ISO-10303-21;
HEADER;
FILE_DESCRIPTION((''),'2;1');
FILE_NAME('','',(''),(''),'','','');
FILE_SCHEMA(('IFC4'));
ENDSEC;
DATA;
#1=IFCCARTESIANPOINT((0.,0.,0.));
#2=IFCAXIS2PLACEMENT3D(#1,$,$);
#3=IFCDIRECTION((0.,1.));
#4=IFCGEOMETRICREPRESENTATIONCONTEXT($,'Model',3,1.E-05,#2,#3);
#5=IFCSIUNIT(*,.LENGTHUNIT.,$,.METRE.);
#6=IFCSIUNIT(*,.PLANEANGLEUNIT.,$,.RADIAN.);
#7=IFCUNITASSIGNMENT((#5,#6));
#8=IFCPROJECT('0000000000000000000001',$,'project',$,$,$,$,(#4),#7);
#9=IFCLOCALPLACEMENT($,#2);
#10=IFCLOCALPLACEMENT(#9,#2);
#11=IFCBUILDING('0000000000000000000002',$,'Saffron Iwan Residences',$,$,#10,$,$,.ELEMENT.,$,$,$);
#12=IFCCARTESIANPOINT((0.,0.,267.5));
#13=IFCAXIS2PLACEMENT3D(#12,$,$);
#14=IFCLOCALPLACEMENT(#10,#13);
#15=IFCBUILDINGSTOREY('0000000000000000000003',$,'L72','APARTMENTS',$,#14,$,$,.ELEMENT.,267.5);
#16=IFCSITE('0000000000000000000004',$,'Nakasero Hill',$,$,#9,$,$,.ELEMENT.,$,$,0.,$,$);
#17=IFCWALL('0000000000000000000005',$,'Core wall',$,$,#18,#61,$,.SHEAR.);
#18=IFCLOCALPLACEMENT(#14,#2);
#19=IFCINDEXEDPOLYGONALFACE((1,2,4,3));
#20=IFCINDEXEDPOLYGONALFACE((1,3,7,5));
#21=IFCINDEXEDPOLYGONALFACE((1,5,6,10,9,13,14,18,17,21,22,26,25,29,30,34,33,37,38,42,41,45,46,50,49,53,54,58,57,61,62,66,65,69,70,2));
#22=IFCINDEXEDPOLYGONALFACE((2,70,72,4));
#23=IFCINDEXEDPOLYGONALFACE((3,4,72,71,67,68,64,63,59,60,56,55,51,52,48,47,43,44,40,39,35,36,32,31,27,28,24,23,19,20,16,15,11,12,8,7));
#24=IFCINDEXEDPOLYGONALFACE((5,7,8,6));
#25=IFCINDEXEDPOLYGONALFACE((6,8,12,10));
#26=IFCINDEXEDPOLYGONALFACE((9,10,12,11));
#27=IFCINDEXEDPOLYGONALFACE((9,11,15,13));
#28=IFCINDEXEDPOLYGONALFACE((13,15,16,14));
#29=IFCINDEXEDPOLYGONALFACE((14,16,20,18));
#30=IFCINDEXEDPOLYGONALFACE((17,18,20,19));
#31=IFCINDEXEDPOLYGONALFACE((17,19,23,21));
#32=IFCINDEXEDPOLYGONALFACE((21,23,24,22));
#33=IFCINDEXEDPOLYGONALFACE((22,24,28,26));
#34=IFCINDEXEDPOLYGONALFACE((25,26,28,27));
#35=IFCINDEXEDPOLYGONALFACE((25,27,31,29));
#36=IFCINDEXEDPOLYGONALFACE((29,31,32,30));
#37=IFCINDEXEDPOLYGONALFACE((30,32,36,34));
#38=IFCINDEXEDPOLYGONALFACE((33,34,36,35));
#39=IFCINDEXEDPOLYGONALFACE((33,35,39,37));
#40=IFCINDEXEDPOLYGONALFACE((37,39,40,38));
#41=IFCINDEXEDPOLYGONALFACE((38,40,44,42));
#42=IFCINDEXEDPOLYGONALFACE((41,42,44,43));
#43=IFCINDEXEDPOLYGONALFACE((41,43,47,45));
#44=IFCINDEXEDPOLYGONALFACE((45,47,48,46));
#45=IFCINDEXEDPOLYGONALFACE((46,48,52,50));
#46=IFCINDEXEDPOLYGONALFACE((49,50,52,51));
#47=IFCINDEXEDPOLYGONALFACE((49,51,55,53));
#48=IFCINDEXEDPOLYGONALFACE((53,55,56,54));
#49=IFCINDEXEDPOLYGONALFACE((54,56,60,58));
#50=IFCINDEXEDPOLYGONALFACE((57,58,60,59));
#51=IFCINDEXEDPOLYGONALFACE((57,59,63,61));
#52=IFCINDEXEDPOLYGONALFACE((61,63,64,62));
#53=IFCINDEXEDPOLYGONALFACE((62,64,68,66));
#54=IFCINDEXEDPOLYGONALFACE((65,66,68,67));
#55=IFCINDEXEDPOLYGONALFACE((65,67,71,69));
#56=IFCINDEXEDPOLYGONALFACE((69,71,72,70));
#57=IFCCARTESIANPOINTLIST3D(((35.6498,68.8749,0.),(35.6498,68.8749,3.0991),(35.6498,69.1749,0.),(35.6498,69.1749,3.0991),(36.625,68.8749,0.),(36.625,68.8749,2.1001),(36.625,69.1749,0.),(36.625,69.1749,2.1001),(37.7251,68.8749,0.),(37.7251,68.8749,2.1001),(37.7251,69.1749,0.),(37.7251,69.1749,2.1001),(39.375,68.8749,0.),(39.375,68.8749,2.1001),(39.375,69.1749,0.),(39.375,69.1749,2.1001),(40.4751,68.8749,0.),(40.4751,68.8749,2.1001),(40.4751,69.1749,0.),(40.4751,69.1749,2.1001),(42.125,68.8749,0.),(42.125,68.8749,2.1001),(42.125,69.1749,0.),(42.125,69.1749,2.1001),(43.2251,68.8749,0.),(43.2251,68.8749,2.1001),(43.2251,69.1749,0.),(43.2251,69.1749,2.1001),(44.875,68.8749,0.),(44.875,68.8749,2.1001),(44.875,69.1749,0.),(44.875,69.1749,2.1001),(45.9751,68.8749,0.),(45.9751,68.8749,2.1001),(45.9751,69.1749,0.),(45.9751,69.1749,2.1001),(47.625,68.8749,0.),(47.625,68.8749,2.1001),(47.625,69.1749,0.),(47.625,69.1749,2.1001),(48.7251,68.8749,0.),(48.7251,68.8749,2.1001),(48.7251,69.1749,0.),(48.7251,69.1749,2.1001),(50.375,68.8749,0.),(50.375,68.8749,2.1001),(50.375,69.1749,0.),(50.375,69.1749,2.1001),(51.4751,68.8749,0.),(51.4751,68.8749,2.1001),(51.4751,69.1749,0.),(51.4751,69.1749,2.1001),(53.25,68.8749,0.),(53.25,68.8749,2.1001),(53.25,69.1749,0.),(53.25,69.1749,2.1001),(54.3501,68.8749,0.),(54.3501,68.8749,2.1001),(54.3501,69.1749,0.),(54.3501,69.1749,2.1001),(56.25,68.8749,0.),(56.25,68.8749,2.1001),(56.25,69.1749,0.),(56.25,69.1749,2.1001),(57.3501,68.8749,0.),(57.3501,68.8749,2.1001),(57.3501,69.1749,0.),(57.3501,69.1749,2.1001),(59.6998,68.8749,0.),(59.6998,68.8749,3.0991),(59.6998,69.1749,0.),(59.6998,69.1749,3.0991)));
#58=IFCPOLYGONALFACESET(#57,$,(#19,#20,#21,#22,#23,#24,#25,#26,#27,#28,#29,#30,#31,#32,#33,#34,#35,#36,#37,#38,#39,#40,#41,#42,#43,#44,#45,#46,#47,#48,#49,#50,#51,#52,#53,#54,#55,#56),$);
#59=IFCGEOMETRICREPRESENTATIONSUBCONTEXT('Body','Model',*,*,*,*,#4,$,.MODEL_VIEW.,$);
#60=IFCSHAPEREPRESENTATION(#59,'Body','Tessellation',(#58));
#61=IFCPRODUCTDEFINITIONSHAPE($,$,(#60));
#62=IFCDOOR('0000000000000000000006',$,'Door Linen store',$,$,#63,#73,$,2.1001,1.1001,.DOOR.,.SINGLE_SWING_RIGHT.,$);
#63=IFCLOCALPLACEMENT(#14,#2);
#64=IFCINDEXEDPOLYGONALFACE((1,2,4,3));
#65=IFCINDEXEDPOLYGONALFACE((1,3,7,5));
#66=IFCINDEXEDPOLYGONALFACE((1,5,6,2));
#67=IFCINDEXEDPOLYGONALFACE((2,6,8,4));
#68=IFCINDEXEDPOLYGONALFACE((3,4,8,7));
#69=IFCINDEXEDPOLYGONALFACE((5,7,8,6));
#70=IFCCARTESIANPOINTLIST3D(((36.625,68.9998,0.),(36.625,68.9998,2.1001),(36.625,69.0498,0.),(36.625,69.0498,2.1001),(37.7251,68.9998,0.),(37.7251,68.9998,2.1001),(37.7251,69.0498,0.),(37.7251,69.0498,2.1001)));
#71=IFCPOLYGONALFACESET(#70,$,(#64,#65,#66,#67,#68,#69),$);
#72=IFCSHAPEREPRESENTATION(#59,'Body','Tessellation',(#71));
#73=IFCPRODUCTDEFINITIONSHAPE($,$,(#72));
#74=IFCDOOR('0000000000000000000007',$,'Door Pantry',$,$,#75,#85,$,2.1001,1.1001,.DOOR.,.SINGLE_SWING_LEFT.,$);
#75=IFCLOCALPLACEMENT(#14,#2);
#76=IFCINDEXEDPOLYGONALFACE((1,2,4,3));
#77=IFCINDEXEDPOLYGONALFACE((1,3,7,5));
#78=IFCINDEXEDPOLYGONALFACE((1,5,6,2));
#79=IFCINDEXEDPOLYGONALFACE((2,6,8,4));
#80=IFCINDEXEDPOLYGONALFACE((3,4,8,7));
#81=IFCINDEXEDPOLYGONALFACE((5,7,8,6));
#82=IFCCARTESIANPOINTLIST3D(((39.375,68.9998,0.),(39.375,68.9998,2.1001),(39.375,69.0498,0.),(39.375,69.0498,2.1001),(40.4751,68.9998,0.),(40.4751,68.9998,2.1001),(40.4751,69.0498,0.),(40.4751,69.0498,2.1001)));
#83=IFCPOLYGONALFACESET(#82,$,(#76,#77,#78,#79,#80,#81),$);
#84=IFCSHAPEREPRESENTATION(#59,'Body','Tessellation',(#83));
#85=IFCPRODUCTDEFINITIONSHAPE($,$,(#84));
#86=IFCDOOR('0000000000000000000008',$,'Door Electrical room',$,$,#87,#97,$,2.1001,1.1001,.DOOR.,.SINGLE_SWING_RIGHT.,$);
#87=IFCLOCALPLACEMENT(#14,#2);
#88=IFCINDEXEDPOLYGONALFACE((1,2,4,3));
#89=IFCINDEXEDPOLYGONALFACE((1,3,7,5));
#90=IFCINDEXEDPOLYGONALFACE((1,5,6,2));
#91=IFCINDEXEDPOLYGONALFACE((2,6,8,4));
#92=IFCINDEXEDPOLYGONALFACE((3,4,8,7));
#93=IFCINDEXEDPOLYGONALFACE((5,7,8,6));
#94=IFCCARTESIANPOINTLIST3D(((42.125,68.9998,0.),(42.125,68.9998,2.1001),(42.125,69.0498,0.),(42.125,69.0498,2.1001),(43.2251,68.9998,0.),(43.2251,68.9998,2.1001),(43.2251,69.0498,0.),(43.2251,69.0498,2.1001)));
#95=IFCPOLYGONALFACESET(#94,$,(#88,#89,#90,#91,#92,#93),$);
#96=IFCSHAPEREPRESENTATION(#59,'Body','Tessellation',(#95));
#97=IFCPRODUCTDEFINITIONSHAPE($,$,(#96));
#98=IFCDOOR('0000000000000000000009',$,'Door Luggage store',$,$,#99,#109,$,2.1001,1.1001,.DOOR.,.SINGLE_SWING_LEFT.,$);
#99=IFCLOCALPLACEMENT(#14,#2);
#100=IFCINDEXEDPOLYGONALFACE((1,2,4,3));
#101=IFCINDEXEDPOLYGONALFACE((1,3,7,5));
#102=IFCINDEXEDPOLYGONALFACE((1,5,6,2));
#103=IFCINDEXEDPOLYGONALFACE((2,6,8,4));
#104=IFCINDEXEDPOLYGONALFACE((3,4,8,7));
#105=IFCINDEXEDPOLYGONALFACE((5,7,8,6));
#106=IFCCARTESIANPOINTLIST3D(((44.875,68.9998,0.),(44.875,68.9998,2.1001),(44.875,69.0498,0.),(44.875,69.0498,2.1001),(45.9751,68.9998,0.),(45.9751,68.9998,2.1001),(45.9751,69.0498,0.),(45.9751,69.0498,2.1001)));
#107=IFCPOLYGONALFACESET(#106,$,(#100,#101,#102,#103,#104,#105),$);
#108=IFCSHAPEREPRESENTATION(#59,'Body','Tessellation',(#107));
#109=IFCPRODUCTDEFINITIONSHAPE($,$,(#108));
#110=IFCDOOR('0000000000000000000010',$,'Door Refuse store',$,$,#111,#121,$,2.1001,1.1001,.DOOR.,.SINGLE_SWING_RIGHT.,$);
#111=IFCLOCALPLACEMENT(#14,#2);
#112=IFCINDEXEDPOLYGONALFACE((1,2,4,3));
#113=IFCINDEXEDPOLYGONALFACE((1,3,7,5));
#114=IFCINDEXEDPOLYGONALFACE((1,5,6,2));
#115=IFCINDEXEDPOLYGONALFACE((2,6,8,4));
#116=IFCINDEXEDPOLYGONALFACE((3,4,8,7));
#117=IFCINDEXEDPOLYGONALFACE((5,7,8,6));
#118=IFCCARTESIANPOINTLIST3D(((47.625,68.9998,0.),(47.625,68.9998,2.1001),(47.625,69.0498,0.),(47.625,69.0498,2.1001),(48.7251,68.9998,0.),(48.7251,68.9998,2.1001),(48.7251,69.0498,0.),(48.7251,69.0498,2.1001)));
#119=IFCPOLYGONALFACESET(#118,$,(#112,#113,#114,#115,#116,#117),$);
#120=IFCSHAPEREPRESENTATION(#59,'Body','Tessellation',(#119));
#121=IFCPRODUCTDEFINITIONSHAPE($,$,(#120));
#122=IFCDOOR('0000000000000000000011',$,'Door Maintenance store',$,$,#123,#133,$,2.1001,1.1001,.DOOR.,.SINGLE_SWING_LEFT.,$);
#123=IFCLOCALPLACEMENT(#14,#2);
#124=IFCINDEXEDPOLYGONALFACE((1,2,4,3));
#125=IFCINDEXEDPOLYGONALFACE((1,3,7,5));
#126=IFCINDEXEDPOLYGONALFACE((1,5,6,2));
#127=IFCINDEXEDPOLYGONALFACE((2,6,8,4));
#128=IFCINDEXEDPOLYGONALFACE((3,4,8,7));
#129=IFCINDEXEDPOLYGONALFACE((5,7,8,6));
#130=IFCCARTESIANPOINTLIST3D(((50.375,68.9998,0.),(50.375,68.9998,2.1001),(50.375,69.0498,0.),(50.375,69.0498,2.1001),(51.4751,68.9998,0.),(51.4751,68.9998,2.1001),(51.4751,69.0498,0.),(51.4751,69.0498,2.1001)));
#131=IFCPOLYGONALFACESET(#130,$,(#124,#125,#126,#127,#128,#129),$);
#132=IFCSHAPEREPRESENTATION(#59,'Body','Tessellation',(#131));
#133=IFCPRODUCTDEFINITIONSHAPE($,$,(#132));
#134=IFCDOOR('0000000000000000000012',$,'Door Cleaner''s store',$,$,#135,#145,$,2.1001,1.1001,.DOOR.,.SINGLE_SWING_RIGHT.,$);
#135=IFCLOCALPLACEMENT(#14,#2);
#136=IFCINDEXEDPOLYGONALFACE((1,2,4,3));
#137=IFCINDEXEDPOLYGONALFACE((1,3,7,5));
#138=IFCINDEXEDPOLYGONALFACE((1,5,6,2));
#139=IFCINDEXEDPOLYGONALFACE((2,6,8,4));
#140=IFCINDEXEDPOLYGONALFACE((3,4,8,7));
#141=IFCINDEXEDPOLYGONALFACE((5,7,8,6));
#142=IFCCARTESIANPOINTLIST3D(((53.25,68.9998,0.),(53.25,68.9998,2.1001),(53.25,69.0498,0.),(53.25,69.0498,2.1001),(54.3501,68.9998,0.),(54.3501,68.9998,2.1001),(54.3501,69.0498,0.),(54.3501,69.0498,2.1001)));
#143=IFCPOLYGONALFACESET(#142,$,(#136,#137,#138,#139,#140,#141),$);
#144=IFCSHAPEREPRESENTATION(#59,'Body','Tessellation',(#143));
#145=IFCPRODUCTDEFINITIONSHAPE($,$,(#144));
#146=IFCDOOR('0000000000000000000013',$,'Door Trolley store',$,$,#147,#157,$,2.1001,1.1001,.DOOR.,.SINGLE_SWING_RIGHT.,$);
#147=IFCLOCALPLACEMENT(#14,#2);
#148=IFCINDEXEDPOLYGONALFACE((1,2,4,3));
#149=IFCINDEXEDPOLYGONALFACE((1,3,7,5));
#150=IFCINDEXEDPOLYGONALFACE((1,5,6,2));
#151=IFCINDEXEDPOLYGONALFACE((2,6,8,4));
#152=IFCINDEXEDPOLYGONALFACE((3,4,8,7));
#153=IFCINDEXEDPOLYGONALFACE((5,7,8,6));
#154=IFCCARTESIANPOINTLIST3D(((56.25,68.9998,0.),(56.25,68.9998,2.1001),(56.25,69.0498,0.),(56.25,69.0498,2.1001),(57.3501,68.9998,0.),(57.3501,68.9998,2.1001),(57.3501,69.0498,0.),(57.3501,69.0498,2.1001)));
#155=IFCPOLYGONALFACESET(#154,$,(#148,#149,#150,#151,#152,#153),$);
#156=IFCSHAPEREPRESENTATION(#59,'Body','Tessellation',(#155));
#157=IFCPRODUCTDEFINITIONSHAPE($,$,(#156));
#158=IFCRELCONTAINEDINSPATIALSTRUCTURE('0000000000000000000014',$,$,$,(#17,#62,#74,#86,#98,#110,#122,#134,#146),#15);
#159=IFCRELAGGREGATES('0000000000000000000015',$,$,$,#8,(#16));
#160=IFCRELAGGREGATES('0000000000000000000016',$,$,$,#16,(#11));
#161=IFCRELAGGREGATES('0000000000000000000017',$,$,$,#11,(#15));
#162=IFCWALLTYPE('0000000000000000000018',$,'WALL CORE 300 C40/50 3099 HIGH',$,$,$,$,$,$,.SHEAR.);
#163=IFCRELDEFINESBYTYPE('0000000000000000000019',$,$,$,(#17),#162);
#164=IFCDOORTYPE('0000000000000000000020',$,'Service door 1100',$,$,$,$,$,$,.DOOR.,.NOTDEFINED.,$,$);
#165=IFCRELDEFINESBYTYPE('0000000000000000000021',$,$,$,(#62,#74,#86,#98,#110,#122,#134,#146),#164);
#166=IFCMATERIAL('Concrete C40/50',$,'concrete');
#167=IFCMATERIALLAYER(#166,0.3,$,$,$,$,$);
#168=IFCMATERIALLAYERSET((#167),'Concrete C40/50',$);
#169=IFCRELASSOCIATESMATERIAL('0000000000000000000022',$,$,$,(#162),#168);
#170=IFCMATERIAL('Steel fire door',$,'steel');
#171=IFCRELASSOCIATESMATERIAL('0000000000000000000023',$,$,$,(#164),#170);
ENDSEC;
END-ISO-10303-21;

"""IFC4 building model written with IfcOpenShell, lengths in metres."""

from ifc_helpers import new_model, si_unit, direction, frame, frame_2d, origin, place, context, subcontext, project, spatial, rectangle, extrude, material, layer, layer_set, type_object, element, fill, save


model = new_model("IFC4")

# Units and contexts
model_context = context("Model", 3, precision=1e-05, world=origin(), true_north=direction((0.0, 1.0)))
body_context = subcontext(model_context, "Body", "Model", "MODEL_VIEW")
ifc_project = project(units=[si_unit("LENGTHUNIT", "METRE"), si_unit("PLANEANGLEUNIT", "RADIAN")], contexts=[model_context])

# Site, building, storey
site_placement = place(None, origin())
site = spatial("IfcSite", under=ifc_project, at=site_placement, Name="Nakasero Hill", CompositionType="ELEMENT", RefElevation=0.0)
building_placement = place(site_placement, origin())
building = spatial("IfcBuilding", under=site, at=building_placement, Name="Saffron Iwan Residences", CompositionType="ELEMENT")
storey_placement = place(building_placement, frame((0.0, 0.0, 267.5)))
storey = spatial("IfcBuildingStorey", under=building, at=storey_placement, Name="L72", Description="APARTMENTS", CompositionType="ELEMENT", Elevation=267.5)

# Shared definitions
ifc_material_1 = material(Name="Concrete C40/50", Category="concrete")

# Shared definitions
ifc_material_2 = material(Name="Steel fire door", Category="steel")

# Wall, openings, doors
ifc_layer_1 = layer(ifc_material_1, 0.3)
ifc_layer_set_1 = layer_set([ifc_layer_1], Name="Concrete C40/50")
wall_type_1 = type_object("IfcWallType", Name="WALL CORE 300 C40/50 3099 HIGH", PredefinedType="SHEAR", material=ifc_layer_set_1)
wall_1_placement = place(storey_placement, frame((35.6499, 69.0249, 0.0), z_axis=(0.0, 0.0, 1.0), x_axis=(1.0, 0.0, 0.0)))
wall_1 = element("IfcWall", 1, at=wall_1_placement, inside=storey, type_object=wall_type_1, Name="Core wall", PredefinedType="SHEAR", context=body_context, shape_type="SweptSolid", body=[
    extrude(rectangle(XDim=24.05, YDim=0.3, at=frame_2d((12.0249, 0.0))), origin(), (0.0, 0.0, 1.0), 3.0991),
])
opening_1_placement = place(wall_1_placement, frame((0.9751, 0.0, 0.0)))
opening_1 = element("IfcOpeningElement", 2, at=opening_1_placement, cuts=wall_1, PredefinedType="OPENING", context=body_context, shape_type="SweptSolid", body=[
    extrude(rectangle(XDim=1.1001, YDim=2.1001, at=frame_2d((0.55, 1.05))), frame((0.0, 0.1602, 0.0), z_axis=(0.0, -1.0, 0.0), x_axis=(1.0, 0.0, 0.0)), (0.0, 0.0, 1.0), 0.3201),
])
opening_2_placement = place(wall_1_placement, frame((3.7251, 0.0, 0.0)))
opening_2 = element("IfcOpeningElement", 3, at=opening_2_placement, cuts=wall_1, PredefinedType="OPENING", context=body_context, shape_type="SweptSolid", body=[
    extrude(rectangle(XDim=1.1001, YDim=2.1001, at=frame_2d((0.55, 1.05))), frame((0.0, 0.1602, 0.0), z_axis=(0.0, -1.0, 0.0), x_axis=(1.0, 0.0, 0.0)), (0.0, 0.0, 1.0), 0.3201),
])
opening_3_placement = place(wall_1_placement, frame((6.4751, 0.0, 0.0)))
opening_3 = element("IfcOpeningElement", 4, at=opening_3_placement, cuts=wall_1, PredefinedType="OPENING", context=body_context, shape_type="SweptSolid", body=[
    extrude(rectangle(XDim=1.1001, YDim=2.1001, at=frame_2d((0.55, 1.05))), frame((0.0, 0.1602, 0.0), z_axis=(0.0, -1.0, 0.0), x_axis=(1.0, 0.0, 0.0)), (0.0, 0.0, 1.0), 0.3201),
])
opening_4_placement = place(wall_1_placement, frame((9.2251, 0.0, 0.0)))
opening_4 = element("IfcOpeningElement", 5, at=opening_4_placement, cuts=wall_1, PredefinedType="OPENING", context=body_context, shape_type="SweptSolid", body=[
    extrude(rectangle(XDim=1.1001, YDim=2.1001, at=frame_2d((0.55, 1.05))), frame((0.0, 0.1602, 0.0), z_axis=(0.0, -1.0, 0.0), x_axis=(1.0, 0.0, 0.0)), (0.0, 0.0, 1.0), 0.3201),
])
opening_5_placement = place(wall_1_placement, frame((11.9751, 0.0, 0.0)))
opening_5 = element("IfcOpeningElement", 6, at=opening_5_placement, cuts=wall_1, PredefinedType="OPENING", context=body_context, shape_type="SweptSolid", body=[
    extrude(rectangle(XDim=1.1001, YDim=2.1001, at=frame_2d((0.55, 1.05))), frame((0.0, 0.1602, 0.0), z_axis=(0.0, -1.0, 0.0), x_axis=(1.0, 0.0, 0.0)), (0.0, 0.0, 1.0), 0.3201),
])
opening_6_placement = place(wall_1_placement, frame((14.7251, 0.0, 0.0)))
opening_6 = element("IfcOpeningElement", 7, at=opening_6_placement, cuts=wall_1, PredefinedType="OPENING", context=body_context, shape_type="SweptSolid", body=[
    extrude(rectangle(XDim=1.1001, YDim=2.1001, at=frame_2d((0.55, 1.05))), frame((0.0, 0.1602, 0.0), z_axis=(0.0, -1.0, 0.0), x_axis=(1.0, 0.0, 0.0)), (0.0, 0.0, 1.0), 0.3201),
])
opening_7_placement = place(wall_1_placement, frame((17.6001, 0.0, 0.0)))
opening_7 = element("IfcOpeningElement", 8, at=opening_7_placement, cuts=wall_1, PredefinedType="OPENING", context=body_context, shape_type="SweptSolid", body=[
    extrude(rectangle(XDim=1.1001, YDim=2.1001, at=frame_2d((0.55, 1.05))), frame((0.0, 0.1602, 0.0), z_axis=(0.0, -1.0, 0.0), x_axis=(1.0, 0.0, 0.0)), (0.0, 0.0, 1.0), 0.3201),
])
opening_8_placement = place(wall_1_placement, frame((20.6001, 0.0, 0.0)))
opening_8 = element("IfcOpeningElement", 9, at=opening_8_placement, cuts=wall_1, PredefinedType="OPENING", context=body_context, shape_type="SweptSolid", body=[
    extrude(rectangle(XDim=1.1001, YDim=2.1001, at=frame_2d((0.55, 1.05))), frame((0.0, 0.1602, 0.0), z_axis=(0.0, -1.0, 0.0), x_axis=(1.0, 0.0, 0.0)), (0.0, 0.0, 1.0), 0.3201),
])
door_type_1 = type_object("IfcDoorType", Name="Service door 1100", OperationType="NOTDEFINED", PredefinedType="DOOR", material=ifc_material_2)
door_1_placement = place(opening_1_placement, origin())
door_1 = element("IfcDoor", 10, at=door_1_placement, inside=storey, type_object=door_type_1, Name="Door Linen store", OperationType="SINGLE_SWING_RIGHT", OverallHeight=2.1001, OverallWidth=1.1001, PredefinedType="DOOR", context=body_context, shape_type="SweptSolid", body=[
    extrude(rectangle(XDim=1.1001, YDim=2.1001, at=frame_2d((0.55, 1.05))), frame((0.0, 0.0249, 0.0), z_axis=(0.0, -1.0, 0.0), x_axis=(1.0, 0.0, 0.0)), (0.0, 0.0, 1.0), 0.05),
])
fill(opening_1, door_1)
door_2_placement = place(opening_2_placement, origin())
door_2 = element("IfcDoor", 11, at=door_2_placement, inside=storey, type_object=door_type_1, Name="Door Pantry", OperationType="SINGLE_SWING_LEFT", OverallHeight=2.1001, OverallWidth=1.1001, PredefinedType="DOOR", context=body_context, shape_type="SweptSolid", body=[
    extrude(rectangle(XDim=1.1001, YDim=2.1001, at=frame_2d((0.55, 1.05))), frame((0.0, 0.0249, 0.0), z_axis=(0.0, -1.0, 0.0), x_axis=(1.0, 0.0, 0.0)), (0.0, 0.0, 1.0), 0.05),
])
fill(opening_2, door_2)
door_3_placement = place(opening_3_placement, origin())
door_3 = element("IfcDoor", 12, at=door_3_placement, inside=storey, type_object=door_type_1, Name="Door Electrical room", OperationType="SINGLE_SWING_RIGHT", OverallHeight=2.1001, OverallWidth=1.1001, PredefinedType="DOOR", context=body_context, shape_type="SweptSolid", body=[
    extrude(rectangle(XDim=1.1001, YDim=2.1001, at=frame_2d((0.55, 1.05))), frame((0.0, 0.0249, 0.0), z_axis=(0.0, -1.0, 0.0), x_axis=(1.0, 0.0, 0.0)), (0.0, 0.0, 1.0), 0.05),
])
fill(opening_3, door_3)
door_4_placement = place(opening_4_placement, origin())
door_4 = element("IfcDoor", 13, at=door_4_placement, inside=storey, type_object=door_type_1, Name="Door Luggage store", OperationType="SINGLE_SWING_LEFT", OverallHeight=2.1001, OverallWidth=1.1001, PredefinedType="DOOR", context=body_context, shape_type="SweptSolid", body=[
    extrude(rectangle(XDim=1.1001, YDim=2.1001, at=frame_2d((0.55, 1.05))), frame((0.0, 0.0249, 0.0), z_axis=(0.0, -1.0, 0.0), x_axis=(1.0, 0.0, 0.0)), (0.0, 0.0, 1.0), 0.05),
])
fill(opening_4, door_4)
door_5_placement = place(opening_5_placement, origin())
door_5 = element("IfcDoor", 14, at=door_5_placement, inside=storey, type_object=door_type_1, Name="Door Refuse store", OperationType="SINGLE_SWING_RIGHT", OverallHeight=2.1001, OverallWidth=1.1001, PredefinedType="DOOR", context=body_context, shape_type="SweptSolid", body=[
    extrude(rectangle(XDim=1.1001, YDim=2.1001, at=frame_2d((0.55, 1.05))), frame((0.0, 0.0249, 0.0), z_axis=(0.0, -1.0, 0.0), x_axis=(1.0, 0.0, 0.0)), (0.0, 0.0, 1.0), 0.05),
])
fill(opening_5, door_5)
door_6_placement = place(opening_6_placement, origin())
door_6 = element("IfcDoor", 15, at=door_6_placement, inside=storey, type_object=door_type_1, Name="Door Maintenance store", OperationType="SINGLE_SWING_LEFT", OverallHeight=2.1001, OverallWidth=1.1001, PredefinedType="DOOR", context=body_context, shape_type="SweptSolid", body=[
    extrude(rectangle(XDim=1.1001, YDim=2.1001, at=frame_2d((0.55, 1.05))), frame((0.0, 0.0249, 0.0), z_axis=(0.0, -1.0, 0.0), x_axis=(1.0, 0.0, 0.0)), (0.0, 0.0, 1.0), 0.05),
])
fill(opening_6, door_6)
door_7_placement = place(opening_7_placement, origin())
door_7 = element("IfcDoor", 16, at=door_7_placement, inside=storey, type_object=door_type_1, Name="Door Cleaner's store", OperationType="SINGLE_SWING_RIGHT", OverallHeight=2.1001, OverallWidth=1.1001, PredefinedType="DOOR", context=body_context, shape_type="SweptSolid", body=[
    extrude(rectangle(XDim=1.1001, YDim=2.1001, at=frame_2d((0.55, 1.05))), frame((0.0, 0.0249, 0.0), z_axis=(0.0, -1.0, 0.0), x_axis=(1.0, 0.0, 0.0)), (0.0, 0.0, 1.0), 0.05),
])
fill(opening_7, door_7)
door_8_placement = place(opening_8_placement, origin())
door_8 = element("IfcDoor", 17, at=door_8_placement, inside=storey, type_object=door_type_1, Name="Door Trolley store", OperationType="SINGLE_SWING_RIGHT", OverallHeight=2.1001, OverallWidth=1.1001, PredefinedType="DOOR", context=body_context, shape_type="SweptSolid", body=[
    extrude(rectangle(XDim=1.1001, YDim=2.1001, at=frame_2d((0.55, 1.05))), frame((0.0, 0.0249, 0.0), z_axis=(0.0, -1.0, 0.0), x_axis=(1.0, 0.0, 0.0)), (0.0, 0.0, 1.0), 0.05),
])
fill(opening_8, door_8)

save(model, "model.ifc")
